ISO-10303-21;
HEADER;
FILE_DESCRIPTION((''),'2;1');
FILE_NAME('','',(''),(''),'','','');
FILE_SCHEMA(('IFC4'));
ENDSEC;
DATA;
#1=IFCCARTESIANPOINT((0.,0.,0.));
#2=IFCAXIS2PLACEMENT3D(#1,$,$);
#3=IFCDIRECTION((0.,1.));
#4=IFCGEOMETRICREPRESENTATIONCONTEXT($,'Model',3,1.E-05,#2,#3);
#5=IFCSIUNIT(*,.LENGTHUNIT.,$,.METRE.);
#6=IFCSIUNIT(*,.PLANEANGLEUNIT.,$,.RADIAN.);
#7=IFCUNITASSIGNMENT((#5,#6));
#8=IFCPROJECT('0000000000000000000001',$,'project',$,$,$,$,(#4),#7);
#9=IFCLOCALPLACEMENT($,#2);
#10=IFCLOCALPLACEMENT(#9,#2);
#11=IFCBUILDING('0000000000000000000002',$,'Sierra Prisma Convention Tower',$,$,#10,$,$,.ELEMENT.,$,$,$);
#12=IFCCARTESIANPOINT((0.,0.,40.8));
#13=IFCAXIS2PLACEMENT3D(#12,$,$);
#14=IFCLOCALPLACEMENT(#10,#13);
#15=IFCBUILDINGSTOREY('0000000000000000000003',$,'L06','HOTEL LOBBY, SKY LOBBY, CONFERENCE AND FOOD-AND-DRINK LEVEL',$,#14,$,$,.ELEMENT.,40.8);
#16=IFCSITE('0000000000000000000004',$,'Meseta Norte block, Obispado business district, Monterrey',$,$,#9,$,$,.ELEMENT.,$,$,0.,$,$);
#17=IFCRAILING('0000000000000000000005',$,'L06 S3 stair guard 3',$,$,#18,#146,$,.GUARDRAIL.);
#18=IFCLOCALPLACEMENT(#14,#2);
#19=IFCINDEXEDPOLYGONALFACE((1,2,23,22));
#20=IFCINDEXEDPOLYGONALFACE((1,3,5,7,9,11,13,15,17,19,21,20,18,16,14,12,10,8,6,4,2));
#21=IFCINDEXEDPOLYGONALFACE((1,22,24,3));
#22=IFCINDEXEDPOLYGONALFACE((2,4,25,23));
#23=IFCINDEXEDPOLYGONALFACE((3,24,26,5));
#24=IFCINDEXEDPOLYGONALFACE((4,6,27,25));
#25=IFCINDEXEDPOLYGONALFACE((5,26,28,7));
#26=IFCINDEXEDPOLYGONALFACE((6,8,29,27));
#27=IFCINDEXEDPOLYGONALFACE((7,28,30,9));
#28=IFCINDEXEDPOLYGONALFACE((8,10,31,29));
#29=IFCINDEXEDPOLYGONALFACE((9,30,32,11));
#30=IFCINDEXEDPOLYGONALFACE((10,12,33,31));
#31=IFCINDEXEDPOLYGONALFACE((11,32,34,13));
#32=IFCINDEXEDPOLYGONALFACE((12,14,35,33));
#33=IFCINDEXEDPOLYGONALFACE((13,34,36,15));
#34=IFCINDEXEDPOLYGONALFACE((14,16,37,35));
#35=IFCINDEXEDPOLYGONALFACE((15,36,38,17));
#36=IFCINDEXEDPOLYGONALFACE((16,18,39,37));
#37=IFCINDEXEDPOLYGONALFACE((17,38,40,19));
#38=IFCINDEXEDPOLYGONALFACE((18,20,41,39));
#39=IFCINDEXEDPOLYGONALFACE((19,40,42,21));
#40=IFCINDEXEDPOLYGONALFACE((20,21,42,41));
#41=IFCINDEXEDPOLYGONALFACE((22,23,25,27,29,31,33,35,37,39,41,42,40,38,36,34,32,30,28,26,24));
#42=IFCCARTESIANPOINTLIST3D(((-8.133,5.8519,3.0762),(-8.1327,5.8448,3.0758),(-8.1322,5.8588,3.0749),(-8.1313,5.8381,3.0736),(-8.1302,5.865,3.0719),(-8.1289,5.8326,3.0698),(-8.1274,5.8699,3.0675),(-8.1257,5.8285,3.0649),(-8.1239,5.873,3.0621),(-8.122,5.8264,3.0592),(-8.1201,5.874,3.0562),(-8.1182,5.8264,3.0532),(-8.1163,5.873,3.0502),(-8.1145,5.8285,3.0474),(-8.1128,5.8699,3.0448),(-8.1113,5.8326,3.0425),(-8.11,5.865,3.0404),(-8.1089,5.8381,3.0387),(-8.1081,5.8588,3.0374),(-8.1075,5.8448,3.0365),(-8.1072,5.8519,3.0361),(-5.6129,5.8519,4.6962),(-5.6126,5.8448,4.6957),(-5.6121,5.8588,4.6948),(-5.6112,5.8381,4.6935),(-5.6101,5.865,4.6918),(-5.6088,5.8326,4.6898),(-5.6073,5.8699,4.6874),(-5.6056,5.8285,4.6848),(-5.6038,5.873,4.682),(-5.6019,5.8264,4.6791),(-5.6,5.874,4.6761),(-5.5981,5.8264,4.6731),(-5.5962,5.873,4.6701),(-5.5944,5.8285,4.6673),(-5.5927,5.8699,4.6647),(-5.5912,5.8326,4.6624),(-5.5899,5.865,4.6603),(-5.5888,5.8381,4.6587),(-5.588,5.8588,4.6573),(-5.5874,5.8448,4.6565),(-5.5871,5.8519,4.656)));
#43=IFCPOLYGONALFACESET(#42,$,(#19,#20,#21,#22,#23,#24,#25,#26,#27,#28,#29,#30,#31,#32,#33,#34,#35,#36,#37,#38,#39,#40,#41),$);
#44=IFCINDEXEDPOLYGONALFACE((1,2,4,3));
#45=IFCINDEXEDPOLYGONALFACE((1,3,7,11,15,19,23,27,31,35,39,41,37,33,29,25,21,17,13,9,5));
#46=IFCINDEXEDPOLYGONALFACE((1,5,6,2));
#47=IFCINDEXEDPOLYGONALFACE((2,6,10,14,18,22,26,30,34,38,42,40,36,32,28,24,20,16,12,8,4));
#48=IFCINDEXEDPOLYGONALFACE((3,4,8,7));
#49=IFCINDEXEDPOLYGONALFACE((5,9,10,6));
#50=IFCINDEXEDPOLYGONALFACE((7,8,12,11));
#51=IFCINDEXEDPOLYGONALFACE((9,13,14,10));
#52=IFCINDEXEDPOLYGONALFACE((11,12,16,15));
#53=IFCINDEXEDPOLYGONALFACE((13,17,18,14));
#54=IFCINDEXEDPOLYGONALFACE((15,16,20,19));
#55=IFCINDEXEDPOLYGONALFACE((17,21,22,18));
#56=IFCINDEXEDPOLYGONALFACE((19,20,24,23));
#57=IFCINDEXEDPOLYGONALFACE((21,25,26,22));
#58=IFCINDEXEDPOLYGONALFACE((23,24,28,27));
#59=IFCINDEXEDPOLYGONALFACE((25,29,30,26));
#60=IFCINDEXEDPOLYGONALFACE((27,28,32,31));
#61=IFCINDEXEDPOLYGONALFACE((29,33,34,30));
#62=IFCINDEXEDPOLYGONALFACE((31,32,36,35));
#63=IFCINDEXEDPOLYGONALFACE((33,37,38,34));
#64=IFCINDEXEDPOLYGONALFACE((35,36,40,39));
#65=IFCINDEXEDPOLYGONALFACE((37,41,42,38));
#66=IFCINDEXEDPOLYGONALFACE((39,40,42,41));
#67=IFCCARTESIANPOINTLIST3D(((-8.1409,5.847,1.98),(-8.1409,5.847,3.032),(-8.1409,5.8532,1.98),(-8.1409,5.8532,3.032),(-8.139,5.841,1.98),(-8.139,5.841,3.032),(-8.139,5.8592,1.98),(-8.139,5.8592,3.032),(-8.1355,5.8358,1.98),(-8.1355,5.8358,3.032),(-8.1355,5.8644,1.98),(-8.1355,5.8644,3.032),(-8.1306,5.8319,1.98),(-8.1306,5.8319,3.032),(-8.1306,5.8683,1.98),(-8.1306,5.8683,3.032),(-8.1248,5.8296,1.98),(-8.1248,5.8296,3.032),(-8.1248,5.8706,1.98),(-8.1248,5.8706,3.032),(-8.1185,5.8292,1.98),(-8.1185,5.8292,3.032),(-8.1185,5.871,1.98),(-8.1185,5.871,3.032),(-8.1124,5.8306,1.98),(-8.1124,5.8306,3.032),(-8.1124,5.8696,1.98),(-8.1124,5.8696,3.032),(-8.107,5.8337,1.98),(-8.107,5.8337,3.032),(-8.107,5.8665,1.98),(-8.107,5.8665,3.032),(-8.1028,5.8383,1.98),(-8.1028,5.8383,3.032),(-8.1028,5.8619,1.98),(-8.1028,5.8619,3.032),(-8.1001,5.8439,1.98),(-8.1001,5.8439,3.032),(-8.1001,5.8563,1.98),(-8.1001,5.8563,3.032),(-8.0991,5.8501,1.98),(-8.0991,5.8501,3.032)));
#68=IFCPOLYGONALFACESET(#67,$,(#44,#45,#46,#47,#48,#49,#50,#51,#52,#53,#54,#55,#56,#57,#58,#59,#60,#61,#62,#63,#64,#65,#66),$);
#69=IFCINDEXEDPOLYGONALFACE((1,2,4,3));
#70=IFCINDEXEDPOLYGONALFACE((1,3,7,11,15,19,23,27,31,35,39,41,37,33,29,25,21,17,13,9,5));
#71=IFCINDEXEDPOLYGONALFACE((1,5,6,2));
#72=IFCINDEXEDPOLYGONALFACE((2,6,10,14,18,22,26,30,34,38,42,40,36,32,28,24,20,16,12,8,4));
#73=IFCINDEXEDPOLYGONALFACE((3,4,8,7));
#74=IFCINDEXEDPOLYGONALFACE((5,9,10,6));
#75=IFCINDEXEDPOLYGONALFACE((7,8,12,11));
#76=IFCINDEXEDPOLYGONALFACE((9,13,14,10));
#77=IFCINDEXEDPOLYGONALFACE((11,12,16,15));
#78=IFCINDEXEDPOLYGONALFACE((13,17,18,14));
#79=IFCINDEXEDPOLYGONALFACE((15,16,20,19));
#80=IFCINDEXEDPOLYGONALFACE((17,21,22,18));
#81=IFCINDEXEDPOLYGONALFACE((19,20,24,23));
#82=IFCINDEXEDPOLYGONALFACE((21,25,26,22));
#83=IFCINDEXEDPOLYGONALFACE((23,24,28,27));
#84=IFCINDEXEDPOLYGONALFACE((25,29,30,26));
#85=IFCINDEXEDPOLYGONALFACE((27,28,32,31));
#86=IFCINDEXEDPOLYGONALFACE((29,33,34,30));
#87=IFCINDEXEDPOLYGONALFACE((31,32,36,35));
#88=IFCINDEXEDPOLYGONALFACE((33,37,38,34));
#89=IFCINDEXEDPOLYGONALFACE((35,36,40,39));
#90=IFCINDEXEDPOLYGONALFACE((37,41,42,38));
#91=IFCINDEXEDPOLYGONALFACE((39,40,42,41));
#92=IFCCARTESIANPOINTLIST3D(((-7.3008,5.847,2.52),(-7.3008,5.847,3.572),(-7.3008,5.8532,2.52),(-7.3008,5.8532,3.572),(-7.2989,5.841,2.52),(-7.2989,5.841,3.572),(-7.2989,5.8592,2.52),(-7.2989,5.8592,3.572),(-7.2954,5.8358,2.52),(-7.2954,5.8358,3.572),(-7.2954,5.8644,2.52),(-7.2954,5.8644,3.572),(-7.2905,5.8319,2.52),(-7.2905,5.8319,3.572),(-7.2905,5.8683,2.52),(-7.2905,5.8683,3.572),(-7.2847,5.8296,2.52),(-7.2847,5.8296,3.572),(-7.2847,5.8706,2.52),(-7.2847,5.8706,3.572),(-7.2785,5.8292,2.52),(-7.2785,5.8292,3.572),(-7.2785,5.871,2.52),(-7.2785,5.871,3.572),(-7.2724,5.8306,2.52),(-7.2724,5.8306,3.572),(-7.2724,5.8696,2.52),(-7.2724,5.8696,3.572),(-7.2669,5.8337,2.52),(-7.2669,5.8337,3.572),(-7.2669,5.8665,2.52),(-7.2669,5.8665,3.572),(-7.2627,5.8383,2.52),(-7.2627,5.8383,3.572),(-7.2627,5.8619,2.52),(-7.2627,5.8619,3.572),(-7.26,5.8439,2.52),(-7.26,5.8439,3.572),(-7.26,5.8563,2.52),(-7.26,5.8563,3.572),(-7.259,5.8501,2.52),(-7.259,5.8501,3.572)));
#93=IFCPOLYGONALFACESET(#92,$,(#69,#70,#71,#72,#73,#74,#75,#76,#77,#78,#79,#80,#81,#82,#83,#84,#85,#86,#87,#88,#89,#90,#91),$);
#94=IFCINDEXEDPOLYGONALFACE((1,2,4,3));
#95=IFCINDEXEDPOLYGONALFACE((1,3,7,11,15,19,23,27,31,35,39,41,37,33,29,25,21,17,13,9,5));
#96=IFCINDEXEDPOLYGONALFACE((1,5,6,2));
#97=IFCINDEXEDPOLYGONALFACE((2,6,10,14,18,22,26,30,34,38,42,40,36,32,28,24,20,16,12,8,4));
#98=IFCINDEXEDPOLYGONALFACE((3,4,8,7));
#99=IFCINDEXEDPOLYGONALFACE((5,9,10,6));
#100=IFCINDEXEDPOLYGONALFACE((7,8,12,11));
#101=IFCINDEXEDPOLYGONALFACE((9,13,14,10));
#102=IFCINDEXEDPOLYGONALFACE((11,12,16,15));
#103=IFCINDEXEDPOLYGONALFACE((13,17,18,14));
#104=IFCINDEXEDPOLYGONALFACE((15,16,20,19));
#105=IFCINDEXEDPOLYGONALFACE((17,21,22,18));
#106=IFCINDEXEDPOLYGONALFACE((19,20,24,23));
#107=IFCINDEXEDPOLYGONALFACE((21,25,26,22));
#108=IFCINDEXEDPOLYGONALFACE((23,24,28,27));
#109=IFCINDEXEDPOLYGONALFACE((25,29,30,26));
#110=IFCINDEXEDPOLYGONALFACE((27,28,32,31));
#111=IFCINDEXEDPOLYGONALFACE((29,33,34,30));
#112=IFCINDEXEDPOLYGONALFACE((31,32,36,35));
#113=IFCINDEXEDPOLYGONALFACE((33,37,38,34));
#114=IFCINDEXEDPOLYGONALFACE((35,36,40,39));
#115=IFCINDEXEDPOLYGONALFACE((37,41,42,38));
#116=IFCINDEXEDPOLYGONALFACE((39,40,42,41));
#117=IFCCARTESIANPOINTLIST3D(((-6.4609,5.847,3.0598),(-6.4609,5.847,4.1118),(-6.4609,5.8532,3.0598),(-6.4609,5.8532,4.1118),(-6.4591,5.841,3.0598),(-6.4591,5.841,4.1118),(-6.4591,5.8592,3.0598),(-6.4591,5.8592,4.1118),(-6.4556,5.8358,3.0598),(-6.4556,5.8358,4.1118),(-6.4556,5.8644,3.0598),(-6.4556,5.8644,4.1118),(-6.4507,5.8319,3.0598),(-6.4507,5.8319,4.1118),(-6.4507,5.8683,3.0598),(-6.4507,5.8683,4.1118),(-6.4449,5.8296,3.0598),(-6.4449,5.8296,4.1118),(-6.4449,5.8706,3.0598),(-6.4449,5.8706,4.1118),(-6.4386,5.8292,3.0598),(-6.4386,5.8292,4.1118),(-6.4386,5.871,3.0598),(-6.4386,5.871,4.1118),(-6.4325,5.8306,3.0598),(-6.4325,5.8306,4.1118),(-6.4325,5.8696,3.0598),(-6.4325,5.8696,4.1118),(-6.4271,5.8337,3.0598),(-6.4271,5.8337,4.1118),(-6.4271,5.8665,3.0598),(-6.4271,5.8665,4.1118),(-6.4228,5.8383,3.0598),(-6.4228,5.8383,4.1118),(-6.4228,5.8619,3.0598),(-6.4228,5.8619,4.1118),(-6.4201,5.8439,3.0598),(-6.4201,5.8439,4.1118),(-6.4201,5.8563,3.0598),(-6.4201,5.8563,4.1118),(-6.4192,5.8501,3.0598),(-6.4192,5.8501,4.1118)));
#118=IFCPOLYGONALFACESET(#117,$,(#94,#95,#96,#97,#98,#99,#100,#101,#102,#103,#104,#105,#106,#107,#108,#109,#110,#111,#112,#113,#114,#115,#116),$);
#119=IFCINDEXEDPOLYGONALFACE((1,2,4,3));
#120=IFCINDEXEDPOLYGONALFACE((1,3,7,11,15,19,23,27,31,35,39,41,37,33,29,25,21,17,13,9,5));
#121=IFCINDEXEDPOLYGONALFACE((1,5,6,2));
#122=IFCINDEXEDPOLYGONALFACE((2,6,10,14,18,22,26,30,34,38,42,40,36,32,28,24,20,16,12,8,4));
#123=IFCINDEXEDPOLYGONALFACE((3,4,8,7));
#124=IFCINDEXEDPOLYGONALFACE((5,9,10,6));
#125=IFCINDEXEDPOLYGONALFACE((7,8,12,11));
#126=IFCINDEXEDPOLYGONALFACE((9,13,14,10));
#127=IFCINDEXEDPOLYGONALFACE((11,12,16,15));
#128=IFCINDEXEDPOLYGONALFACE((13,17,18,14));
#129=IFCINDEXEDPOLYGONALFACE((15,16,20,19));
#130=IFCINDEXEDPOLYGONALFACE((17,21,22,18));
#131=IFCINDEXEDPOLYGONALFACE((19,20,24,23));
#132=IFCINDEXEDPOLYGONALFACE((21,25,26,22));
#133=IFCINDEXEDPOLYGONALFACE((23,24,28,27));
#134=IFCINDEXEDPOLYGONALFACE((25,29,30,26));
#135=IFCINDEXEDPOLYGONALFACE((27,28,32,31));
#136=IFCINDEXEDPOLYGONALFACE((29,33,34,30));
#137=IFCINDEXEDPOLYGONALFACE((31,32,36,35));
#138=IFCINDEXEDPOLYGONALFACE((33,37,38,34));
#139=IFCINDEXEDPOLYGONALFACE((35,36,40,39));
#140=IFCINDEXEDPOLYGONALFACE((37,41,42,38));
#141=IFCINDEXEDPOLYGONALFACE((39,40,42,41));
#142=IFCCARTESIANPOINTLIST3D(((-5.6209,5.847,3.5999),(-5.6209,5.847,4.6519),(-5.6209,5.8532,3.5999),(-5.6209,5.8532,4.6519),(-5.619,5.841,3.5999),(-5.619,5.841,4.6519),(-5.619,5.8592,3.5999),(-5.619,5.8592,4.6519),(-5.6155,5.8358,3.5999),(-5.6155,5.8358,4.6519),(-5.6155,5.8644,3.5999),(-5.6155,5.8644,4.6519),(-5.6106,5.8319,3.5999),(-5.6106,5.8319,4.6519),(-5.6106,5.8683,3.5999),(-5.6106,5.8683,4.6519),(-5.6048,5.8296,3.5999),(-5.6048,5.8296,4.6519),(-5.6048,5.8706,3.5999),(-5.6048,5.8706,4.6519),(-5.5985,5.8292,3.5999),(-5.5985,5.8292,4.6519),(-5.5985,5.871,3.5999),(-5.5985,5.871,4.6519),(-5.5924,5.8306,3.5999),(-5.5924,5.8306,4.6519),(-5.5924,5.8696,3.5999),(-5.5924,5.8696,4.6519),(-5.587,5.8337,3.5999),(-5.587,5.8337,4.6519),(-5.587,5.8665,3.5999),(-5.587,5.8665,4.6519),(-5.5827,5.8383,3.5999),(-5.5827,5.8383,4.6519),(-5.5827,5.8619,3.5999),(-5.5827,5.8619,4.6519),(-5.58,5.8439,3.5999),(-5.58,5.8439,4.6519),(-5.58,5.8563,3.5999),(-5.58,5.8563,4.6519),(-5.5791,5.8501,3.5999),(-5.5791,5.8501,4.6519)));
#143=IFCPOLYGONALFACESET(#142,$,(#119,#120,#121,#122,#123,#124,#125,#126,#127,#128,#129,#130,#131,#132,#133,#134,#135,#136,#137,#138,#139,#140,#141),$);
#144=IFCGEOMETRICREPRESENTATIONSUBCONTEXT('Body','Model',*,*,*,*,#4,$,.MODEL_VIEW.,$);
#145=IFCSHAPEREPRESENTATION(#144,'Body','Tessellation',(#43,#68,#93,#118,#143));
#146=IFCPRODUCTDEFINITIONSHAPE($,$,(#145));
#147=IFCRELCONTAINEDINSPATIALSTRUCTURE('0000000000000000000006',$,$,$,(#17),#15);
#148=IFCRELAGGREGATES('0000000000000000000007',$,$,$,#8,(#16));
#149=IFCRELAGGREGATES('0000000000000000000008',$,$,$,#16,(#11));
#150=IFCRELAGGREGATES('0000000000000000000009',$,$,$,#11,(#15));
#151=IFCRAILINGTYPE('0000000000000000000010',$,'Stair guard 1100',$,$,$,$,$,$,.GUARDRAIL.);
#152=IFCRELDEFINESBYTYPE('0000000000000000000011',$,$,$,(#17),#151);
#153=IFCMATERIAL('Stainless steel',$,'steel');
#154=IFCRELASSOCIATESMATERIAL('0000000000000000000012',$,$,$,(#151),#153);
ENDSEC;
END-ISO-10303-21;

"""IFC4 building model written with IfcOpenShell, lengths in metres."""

from ifc_helpers import new_model, si_unit, direction, frame, origin, origin_2d, place, context, subcontext, project, spatial, circle, extrude, material, type_object, element, save


model = new_model("IFC4")

# Units and contexts
model_context = context("Model", 3, precision=1e-05, world=origin(), true_north=direction((0.0, 1.0)))
body_context = subcontext(model_context, "Body", "Model", "MODEL_VIEW")
ifc_project = project(units=[si_unit("LENGTHUNIT", "METRE"), si_unit("PLANEANGLEUNIT", "RADIAN")], contexts=[model_context])

# Site, building, storey
site_placement = place(None, origin())
site = spatial("IfcSite", under=ifc_project, at=site_placement, Name="Meseta Norte block, Obispado business district, Monterrey", CompositionType="ELEMENT", RefElevation=0.0)
building_placement = place(site_placement, origin())
building = spatial("IfcBuilding", under=site, at=building_placement, Name="Sierra Prisma Convention Tower", CompositionType="ELEMENT")
storey_placement = place(building_placement, frame((0.0, 0.0, 40.8)))
storey = spatial("IfcBuildingStorey", under=building, at=storey_placement, Name="L06", Description="HOTEL LOBBY, SKY LOBBY, CONFERENCE AND FOOD-AND-DRINK LEVEL", CompositionType="ELEMENT", Elevation=40.8)

# Railing
ifc_material_1 = material(Name="Stainless steel", Category="steel")
railing_type_1 = type_object("IfcRailingType", Name="Stair guard 1100", PredefinedType="GUARDRAIL", material=ifc_material_1)
railing_1_placement = place(storey_placement, frame((-8.1201, 5.8501, 1.98)))
element("IfcRailing", 1, at=railing_1_placement, inside=storey, type_object=railing_type_1, Name="L06 S3 stair guard 3", PredefinedType="GUARDRAIL", context=body_context, shape_type="SweptSolid", body=[
    extrude(circle(Radius=0.0239, at=origin_2d()), frame((0.0, 0.0, 1.0762), z_axis=(0.8412, 0.0, 0.540725), x_axis=(0.0, 1.0, 0.0)), (0.0, 0.0, 1.0), 2.9958),
    extrude(circle(Radius=0.021, at=origin_2d()), origin(), (0.0, 0.0, 1.0), 1.052),
    extrude(circle(Radius=0.021, at=origin_2d()), frame((0.8401, 0.0, 0.54)), (0.0, 0.0, 1.0), 1.052),
    extrude(circle(Radius=0.021, at=origin_2d()), frame((1.6799, 0.0, 1.0798)), (0.0, 0.0, 1.0), 1.052),
    extrude(circle(Radius=0.021, at=origin_2d()), frame((2.52, 0.0, 1.6199)), (0.0, 0.0, 1.0), 1.052),
])

save(model, "model.ifc")
